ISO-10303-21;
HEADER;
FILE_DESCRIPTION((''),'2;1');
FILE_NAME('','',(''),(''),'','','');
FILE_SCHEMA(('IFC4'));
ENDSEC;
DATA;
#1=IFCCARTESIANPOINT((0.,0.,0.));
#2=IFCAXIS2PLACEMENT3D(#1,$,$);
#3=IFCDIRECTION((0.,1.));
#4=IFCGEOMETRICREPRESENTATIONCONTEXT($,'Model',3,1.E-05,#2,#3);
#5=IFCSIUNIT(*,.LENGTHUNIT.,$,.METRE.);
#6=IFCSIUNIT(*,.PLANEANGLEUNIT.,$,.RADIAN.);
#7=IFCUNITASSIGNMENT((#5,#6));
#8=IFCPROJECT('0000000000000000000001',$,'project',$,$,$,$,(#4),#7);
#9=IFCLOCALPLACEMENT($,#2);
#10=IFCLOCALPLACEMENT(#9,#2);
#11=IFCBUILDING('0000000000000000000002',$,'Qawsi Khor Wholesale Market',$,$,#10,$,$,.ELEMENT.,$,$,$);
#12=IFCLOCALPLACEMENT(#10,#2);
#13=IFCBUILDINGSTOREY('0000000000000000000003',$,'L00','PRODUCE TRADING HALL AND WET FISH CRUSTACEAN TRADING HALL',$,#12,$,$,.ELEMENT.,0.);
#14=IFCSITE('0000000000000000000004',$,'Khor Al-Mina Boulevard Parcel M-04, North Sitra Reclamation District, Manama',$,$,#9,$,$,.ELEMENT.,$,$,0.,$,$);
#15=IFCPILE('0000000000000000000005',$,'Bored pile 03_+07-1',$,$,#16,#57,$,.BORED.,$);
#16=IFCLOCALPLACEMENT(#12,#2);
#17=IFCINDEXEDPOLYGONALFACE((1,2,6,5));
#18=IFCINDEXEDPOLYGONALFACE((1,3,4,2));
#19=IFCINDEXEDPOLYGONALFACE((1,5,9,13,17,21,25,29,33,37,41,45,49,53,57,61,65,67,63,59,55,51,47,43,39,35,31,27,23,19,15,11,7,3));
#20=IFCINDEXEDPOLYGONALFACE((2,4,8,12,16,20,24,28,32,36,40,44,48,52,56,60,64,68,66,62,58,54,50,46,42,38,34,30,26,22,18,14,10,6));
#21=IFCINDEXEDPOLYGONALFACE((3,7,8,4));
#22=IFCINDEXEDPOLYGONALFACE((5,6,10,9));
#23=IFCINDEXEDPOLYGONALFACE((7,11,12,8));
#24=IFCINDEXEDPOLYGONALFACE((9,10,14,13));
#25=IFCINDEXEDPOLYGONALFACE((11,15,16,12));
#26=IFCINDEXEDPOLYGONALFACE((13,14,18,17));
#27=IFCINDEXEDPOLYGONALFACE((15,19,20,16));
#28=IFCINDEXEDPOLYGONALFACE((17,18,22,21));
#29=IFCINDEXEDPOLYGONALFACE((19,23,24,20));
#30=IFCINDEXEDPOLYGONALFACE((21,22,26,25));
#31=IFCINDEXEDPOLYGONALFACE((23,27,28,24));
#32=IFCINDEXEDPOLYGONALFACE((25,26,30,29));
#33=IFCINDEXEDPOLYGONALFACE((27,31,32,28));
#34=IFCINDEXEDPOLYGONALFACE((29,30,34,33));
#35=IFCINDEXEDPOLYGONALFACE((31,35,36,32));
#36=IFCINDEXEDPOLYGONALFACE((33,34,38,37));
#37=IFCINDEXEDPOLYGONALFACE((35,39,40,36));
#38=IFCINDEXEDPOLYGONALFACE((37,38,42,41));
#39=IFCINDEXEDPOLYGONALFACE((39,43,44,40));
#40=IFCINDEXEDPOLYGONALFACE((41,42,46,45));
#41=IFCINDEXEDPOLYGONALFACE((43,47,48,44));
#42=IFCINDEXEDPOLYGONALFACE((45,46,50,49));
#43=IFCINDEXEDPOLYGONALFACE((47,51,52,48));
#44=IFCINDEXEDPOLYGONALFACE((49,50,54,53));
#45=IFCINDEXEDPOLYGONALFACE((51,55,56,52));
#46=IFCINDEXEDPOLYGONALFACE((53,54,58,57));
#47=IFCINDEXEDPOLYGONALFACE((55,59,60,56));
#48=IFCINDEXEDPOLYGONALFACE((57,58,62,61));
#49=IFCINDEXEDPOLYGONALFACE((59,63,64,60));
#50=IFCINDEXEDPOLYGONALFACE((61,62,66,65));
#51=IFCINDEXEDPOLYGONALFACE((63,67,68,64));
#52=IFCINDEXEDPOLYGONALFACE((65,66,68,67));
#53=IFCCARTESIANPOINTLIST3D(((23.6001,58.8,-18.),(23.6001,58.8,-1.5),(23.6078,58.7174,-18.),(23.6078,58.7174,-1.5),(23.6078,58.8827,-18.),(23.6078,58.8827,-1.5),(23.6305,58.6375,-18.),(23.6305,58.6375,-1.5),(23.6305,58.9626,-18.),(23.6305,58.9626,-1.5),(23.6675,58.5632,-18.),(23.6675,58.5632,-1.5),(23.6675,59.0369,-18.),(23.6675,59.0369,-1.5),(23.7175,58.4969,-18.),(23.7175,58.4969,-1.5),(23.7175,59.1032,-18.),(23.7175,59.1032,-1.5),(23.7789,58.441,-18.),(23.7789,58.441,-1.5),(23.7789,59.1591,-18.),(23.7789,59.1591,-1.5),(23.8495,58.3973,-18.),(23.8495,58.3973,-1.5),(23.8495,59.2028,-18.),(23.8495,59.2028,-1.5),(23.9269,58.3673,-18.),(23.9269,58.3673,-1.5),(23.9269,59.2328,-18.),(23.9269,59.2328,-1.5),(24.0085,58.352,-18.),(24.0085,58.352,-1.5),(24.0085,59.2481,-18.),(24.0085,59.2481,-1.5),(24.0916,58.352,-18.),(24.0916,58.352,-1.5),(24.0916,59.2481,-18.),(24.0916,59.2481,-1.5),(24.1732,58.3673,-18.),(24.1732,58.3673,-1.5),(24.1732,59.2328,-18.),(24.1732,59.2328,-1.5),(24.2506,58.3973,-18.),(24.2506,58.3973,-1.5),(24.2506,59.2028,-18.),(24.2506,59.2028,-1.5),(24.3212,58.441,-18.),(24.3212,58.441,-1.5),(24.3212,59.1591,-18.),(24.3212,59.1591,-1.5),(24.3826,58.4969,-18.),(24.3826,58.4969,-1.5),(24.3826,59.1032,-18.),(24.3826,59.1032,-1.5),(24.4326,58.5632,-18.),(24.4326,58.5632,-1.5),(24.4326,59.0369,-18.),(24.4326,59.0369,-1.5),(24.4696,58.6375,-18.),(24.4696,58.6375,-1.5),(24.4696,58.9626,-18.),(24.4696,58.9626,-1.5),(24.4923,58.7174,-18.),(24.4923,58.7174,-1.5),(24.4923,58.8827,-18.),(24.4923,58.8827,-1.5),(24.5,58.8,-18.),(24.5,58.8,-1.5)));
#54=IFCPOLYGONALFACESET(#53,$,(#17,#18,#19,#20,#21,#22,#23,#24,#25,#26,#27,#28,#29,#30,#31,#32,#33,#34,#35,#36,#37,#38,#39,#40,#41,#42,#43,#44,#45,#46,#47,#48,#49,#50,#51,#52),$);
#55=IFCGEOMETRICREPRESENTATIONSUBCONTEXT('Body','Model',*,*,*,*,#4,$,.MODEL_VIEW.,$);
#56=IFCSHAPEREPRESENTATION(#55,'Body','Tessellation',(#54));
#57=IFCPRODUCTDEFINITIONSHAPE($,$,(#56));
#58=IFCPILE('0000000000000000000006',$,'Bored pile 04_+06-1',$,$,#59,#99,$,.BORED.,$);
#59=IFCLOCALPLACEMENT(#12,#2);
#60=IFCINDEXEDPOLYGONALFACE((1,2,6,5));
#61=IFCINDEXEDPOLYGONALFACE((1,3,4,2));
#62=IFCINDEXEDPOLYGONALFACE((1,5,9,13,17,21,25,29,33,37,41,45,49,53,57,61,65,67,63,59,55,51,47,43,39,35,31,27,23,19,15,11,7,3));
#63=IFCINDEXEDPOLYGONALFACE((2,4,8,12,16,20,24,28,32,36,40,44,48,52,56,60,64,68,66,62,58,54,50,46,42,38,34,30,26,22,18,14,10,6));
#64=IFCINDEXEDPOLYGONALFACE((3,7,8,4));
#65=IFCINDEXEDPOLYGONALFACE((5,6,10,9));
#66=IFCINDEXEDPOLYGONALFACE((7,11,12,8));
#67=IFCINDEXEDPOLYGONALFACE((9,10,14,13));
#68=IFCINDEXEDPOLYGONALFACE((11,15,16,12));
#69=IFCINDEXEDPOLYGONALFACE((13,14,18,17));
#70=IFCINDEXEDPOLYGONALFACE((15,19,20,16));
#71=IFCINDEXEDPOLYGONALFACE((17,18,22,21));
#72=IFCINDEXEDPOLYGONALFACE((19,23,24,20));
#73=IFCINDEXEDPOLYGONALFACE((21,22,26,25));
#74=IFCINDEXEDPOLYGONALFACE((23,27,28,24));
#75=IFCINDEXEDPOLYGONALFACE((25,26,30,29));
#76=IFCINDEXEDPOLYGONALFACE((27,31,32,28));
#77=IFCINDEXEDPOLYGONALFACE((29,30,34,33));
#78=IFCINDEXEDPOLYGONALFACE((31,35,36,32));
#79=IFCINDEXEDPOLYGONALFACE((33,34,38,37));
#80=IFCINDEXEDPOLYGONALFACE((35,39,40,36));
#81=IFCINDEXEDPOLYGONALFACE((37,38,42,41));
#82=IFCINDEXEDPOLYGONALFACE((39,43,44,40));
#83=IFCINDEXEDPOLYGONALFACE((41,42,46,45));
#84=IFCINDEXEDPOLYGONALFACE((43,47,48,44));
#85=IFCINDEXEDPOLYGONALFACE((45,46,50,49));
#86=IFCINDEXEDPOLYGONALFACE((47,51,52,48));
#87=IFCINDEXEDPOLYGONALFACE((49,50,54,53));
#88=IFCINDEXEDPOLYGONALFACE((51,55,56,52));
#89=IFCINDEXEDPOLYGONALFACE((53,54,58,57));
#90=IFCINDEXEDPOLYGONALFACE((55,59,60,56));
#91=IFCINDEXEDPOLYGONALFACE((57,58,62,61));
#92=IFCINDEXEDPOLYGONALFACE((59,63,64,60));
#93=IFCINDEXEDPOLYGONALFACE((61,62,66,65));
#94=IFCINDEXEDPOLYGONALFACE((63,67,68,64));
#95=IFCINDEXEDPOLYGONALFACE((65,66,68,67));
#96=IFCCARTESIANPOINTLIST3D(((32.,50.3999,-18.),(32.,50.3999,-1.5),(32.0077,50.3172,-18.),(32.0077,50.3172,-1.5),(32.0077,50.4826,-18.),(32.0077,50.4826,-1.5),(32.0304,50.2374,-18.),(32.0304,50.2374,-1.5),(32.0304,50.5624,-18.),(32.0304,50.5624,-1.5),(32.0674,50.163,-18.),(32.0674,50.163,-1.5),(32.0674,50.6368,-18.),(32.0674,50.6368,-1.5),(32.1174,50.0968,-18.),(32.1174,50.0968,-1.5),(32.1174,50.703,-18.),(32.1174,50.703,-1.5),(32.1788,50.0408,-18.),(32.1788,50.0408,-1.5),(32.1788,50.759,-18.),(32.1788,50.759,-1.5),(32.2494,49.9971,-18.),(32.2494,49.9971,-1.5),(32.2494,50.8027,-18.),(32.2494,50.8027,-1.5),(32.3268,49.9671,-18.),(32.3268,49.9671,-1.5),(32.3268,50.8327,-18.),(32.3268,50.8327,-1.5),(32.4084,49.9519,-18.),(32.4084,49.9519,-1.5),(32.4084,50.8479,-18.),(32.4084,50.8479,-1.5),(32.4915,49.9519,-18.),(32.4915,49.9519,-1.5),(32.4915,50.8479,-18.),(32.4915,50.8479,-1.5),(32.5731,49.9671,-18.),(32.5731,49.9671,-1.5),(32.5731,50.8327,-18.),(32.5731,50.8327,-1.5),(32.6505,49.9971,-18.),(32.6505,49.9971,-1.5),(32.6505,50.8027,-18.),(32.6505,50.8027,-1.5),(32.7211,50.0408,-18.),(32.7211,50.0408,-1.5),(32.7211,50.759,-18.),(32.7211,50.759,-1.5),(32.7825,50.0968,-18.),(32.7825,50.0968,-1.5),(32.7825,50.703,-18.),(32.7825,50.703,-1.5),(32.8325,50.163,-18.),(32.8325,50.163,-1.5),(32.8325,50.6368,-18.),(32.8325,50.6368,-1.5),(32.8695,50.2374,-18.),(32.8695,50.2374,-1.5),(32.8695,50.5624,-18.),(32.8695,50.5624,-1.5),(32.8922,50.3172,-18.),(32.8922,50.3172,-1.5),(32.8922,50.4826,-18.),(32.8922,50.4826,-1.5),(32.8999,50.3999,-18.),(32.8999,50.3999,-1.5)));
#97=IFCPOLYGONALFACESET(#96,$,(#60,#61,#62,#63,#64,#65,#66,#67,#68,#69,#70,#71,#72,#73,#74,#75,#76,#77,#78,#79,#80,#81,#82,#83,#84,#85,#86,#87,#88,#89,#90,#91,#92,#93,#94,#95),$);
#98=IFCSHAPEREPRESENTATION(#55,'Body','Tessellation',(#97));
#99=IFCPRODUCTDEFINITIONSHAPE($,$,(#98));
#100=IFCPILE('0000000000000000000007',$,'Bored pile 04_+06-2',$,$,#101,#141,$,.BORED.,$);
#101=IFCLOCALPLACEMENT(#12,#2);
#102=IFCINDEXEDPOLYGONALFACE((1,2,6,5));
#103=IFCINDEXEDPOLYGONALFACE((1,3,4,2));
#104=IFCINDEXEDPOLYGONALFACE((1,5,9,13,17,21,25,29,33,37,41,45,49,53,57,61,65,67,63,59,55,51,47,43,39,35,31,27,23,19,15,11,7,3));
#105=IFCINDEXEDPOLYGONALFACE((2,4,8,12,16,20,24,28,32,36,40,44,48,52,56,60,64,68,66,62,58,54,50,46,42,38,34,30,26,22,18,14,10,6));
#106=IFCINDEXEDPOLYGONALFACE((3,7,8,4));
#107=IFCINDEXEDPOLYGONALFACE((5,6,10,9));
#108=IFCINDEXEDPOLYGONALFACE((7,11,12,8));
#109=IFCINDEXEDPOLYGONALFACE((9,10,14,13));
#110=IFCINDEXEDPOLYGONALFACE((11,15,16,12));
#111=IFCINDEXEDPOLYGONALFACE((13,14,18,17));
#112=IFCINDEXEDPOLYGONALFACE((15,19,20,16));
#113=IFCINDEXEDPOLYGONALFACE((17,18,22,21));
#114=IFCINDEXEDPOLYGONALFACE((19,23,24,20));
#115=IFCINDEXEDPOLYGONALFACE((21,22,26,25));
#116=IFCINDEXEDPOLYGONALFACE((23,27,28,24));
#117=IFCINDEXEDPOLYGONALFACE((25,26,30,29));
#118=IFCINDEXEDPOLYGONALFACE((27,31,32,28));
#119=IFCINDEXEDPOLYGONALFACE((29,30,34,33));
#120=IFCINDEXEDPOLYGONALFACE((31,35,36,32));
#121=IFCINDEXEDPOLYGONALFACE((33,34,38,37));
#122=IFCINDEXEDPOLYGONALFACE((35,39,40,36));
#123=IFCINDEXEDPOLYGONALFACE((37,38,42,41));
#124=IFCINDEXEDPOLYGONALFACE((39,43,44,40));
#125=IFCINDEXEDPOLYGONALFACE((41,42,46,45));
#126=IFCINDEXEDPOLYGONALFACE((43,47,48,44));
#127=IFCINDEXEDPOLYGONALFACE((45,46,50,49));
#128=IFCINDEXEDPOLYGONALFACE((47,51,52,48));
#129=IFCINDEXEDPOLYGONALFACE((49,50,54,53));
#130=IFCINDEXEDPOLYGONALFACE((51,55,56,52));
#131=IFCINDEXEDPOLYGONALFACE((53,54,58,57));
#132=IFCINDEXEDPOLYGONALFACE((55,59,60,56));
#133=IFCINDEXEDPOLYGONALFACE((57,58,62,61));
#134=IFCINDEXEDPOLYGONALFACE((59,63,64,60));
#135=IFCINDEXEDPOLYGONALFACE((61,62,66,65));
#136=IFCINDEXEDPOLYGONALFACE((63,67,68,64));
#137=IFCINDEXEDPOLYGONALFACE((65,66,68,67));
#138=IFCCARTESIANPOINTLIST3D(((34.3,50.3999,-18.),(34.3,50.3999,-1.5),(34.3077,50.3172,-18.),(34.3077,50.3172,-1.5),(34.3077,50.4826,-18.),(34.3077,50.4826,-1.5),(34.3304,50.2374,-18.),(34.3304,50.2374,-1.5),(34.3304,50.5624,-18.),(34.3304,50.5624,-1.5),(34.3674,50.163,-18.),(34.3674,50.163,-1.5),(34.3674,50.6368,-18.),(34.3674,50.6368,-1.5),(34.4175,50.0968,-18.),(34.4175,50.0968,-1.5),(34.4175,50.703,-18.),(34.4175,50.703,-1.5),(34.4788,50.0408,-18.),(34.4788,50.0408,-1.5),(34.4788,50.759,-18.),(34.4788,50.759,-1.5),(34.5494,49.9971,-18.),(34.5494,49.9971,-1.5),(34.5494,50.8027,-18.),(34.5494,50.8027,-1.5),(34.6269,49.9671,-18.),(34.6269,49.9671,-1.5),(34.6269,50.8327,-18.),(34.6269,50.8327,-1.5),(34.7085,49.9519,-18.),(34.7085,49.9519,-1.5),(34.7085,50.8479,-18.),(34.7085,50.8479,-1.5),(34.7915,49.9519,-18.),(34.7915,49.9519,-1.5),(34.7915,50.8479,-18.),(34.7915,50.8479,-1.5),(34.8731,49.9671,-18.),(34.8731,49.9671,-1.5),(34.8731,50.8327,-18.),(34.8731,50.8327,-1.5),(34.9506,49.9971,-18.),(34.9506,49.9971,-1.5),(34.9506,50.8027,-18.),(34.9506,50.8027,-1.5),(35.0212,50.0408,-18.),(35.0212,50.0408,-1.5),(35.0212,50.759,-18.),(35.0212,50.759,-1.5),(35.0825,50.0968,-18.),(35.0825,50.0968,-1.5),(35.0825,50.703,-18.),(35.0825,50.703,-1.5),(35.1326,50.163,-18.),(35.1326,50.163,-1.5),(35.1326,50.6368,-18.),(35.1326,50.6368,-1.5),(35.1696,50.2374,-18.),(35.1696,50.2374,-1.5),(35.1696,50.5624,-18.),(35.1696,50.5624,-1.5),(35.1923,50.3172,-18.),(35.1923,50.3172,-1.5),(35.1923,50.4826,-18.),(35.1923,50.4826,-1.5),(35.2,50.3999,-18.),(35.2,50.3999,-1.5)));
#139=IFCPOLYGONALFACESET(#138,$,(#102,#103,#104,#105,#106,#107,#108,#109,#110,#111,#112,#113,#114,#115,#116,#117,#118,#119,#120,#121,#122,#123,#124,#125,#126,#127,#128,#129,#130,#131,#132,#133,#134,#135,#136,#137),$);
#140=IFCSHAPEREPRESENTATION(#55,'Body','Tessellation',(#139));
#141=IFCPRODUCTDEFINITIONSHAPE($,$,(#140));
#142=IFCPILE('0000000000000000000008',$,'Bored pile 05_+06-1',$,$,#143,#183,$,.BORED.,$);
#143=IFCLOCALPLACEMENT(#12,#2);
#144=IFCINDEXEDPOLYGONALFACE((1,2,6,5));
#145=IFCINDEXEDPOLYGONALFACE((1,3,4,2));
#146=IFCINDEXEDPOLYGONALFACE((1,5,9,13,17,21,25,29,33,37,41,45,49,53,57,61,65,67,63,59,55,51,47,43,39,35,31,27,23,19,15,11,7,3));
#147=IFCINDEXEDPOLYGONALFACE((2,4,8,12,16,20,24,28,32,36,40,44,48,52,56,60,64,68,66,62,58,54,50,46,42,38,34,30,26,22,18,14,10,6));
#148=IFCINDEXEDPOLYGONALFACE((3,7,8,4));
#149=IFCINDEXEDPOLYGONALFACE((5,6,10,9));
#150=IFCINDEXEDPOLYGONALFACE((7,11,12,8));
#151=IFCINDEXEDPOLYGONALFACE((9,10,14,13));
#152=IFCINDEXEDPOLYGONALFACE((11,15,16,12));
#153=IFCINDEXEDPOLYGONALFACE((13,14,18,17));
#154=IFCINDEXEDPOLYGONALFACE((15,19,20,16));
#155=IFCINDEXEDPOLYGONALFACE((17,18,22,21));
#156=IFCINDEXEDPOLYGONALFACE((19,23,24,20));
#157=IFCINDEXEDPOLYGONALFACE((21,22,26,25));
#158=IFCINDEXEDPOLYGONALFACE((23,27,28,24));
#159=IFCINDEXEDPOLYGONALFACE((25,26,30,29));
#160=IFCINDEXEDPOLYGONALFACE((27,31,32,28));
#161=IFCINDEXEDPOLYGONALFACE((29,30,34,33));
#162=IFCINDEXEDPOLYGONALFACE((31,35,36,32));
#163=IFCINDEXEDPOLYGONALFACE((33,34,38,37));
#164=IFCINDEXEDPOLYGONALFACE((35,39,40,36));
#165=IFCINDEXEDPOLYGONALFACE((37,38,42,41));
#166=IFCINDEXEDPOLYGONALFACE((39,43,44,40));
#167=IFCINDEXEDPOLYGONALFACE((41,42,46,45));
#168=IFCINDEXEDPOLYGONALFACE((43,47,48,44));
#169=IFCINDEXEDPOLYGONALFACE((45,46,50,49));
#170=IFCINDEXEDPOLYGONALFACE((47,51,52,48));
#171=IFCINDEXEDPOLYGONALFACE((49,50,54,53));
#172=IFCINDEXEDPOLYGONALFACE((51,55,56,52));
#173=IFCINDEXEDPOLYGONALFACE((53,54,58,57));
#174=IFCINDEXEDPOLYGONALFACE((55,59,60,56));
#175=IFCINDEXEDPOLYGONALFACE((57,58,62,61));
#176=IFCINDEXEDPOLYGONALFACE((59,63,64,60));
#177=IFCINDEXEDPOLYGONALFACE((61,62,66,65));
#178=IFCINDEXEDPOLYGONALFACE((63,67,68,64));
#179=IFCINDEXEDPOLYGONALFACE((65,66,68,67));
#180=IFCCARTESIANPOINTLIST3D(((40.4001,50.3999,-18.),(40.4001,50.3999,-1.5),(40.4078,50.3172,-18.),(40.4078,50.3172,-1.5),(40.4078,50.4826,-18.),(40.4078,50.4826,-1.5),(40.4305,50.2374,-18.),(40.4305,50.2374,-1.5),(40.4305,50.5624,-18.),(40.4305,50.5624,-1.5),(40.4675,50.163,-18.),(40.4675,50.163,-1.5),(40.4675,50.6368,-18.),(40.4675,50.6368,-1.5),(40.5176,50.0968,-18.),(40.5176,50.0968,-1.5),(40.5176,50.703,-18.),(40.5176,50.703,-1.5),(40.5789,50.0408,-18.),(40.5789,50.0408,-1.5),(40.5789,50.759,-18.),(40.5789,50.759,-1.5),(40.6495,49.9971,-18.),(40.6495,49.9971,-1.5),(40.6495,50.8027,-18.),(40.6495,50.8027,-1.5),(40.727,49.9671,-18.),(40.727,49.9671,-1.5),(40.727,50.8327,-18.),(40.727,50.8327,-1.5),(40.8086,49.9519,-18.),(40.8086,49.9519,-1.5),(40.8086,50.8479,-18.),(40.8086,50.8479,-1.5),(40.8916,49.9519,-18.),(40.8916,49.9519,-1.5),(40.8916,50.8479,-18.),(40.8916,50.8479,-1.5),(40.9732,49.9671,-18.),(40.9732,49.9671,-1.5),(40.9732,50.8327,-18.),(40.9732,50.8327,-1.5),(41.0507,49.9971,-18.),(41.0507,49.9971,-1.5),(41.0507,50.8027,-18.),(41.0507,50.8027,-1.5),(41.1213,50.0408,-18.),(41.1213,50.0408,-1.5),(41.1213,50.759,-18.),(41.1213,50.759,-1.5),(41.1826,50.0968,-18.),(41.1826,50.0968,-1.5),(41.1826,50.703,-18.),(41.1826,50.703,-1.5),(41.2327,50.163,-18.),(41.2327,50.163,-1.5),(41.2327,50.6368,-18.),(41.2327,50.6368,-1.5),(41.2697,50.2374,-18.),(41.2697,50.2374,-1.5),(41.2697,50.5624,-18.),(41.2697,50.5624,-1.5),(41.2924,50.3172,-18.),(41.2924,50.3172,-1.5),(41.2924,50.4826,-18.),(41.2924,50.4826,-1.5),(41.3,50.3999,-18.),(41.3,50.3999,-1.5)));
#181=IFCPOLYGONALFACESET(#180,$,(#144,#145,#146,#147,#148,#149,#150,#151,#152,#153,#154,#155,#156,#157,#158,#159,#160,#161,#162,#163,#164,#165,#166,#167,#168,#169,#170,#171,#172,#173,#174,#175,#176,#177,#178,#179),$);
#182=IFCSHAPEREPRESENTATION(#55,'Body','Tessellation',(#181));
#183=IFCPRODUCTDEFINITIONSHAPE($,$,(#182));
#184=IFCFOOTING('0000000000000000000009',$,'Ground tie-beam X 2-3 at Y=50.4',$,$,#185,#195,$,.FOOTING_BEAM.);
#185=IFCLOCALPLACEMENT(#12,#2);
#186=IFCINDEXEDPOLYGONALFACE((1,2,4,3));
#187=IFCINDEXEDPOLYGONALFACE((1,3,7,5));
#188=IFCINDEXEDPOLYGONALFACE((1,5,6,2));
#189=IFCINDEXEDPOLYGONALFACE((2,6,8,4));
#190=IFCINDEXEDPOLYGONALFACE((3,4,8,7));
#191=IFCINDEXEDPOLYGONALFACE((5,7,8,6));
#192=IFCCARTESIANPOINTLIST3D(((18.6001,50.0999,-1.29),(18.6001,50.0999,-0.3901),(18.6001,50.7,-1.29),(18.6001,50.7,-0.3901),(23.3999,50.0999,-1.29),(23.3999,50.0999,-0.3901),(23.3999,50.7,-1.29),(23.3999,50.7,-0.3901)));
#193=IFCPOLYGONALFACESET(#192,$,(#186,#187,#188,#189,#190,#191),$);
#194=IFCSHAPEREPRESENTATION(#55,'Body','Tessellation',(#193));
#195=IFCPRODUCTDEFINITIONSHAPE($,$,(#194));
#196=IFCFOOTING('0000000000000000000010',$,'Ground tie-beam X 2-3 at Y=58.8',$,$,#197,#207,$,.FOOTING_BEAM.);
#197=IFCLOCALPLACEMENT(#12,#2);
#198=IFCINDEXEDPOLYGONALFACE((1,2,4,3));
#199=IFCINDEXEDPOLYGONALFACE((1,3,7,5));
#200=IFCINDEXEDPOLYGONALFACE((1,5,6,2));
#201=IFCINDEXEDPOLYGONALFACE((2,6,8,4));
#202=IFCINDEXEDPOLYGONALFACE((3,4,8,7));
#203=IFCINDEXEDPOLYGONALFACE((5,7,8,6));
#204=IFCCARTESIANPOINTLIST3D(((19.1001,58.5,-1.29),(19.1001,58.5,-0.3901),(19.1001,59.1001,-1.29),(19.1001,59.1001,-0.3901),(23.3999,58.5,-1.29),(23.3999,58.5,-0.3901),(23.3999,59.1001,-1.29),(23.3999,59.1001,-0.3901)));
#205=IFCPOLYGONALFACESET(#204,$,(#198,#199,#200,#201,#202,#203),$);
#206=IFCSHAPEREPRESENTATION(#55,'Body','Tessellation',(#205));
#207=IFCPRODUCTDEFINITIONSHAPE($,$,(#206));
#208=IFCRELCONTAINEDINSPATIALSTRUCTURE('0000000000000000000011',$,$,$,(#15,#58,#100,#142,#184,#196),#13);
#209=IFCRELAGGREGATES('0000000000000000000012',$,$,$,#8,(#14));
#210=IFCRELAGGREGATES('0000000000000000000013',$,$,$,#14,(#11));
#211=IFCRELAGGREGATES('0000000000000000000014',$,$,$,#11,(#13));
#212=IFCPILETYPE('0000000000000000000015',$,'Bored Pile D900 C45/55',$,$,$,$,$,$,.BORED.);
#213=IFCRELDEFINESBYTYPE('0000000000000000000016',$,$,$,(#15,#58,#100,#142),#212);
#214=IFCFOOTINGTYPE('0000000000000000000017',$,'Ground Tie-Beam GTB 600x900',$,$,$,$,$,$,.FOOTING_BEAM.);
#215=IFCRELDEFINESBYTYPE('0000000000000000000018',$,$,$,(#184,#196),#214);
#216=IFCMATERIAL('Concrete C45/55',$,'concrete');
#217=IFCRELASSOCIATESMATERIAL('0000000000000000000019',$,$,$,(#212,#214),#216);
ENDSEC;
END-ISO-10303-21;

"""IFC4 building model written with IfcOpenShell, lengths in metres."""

from ifc_helpers import new_model, si_unit, direction, frame, origin, origin_2d, place, context, subcontext, project, spatial, rectangle, circle, extrude, material, material_profile, profile_set, type_object, element, save


model = new_model("IFC4")

# Units and contexts
model_context = context("Model", 3, precision=1e-05, world=origin(), true_north=direction((0.0, 1.0)))
body_context = subcontext(model_context, "Body", "Model", "MODEL_VIEW")
ifc_project = project(units=[si_unit("LENGTHUNIT", "METRE"), si_unit("PLANEANGLEUNIT", "RADIAN")], contexts=[model_context])

# Site, building, storey
site_placement = place(None, origin())
site = spatial("IfcSite", under=ifc_project, at=site_placement, Name="Khor Al-Mina Boulevard Parcel M-04, North Sitra Reclamation District, Manama", CompositionType="ELEMENT", RefElevation=0.0)
building_placement = place(site_placement, origin())
building = spatial("IfcBuilding", under=site, at=building_placement, Name="Qawsi Khor Wholesale Market", CompositionType="ELEMENT")
storey_placement = place(building_placement, origin())
storey = spatial("IfcBuildingStorey", under=building, at=storey_placement, Name="L00", Description="PRODUCE TRADING HALL AND WET FISH CRUSTACEAN TRADING HALL", CompositionType="ELEMENT", Elevation=0.0)

# Piles
ifc_material_1 = material(Name="Concrete C45/55", Category="concrete")
ifc_material_profile_1 = material_profile(ifc_material_1, circle(Radius=0.45, at=origin_2d()), Name="PILE D900")
ifc_profile_set_1 = profile_set([ifc_material_profile_1], Name="Concrete C45/55")
pile_type_1 = type_object("IfcPileType", Name="Bored Pile D900 C45/55", PredefinedType="BORED", material=ifc_profile_set_1)
for number, where, z_axis, x_axis, name in (
    (1, (24.05, 58.8, -1.5), (0.0, 0.0, -1.0), (1.0, 0.0, 0.0), "Bored pile 03_+07-1"),
    (2, (32.45, 50.3999, -1.5), (0.0, 0.0, -1.0), (1.0, 0.0, 0.0), "Bored pile 04_+06-1"),
    (3, (34.75, 50.3999, -1.5), (0.0, 0.0, -1.0), (1.0, 0.0, 0.0), "Bored pile 04_+06-2"),
    (4, (40.8501, 50.3999, -1.5), (0.0, 0.0, -1.0), (1.0, 0.0, 0.0), "Bored pile 05_+06-1"),
):
    element("IfcPile", number, at=place(storey_placement, frame(where, z_axis=z_axis, x_axis=x_axis)), inside=storey, type_object=pile_type_1, Name=name, PredefinedType="BORED", context=body_context, shape_type="SweptSolid", body=[
        extrude(circle(Radius=0.45, at=origin_2d()), origin(), (0.0, 0.0, 1.0), 16.5),
    ])

# Footings
ifc_material_profile_2 = material_profile(ifc_material_1, rectangle(XDim=0.6001, YDim=0.8999, at=origin_2d()), Name="RC 600x900")
ifc_profile_set_2 = profile_set([ifc_material_profile_2], Name="Concrete C45/55")
footing_type_1 = type_object("IfcFootingType", Name="Ground Tie-Beam GTB 600x900", PredefinedType="FOOTING_BEAM", material=ifc_profile_set_2)
footing_1_placement = place(storey_placement, frame((18.6001, 50.3999, -0.8401), z_axis=(1.0, 0.0, 0.0), x_axis=(0.0, 1.0, 0.0)))
element("IfcFooting", 5, at=footing_1_placement, inside=storey, type_object=footing_type_1, Name="Ground tie-beam X 2-3 at Y=50.4", PredefinedType="FOOTING_BEAM", context=body_context, shape_type="SweptSolid", body=[
    extrude(rectangle(XDim=0.6001, YDim=0.8999, at=origin_2d()), origin(), (0.0, 0.0, 1.0), 4.7998),
])
footing_2_placement = place(storey_placement, frame((19.1001, 58.8, -0.8401), z_axis=(1.0, 0.0, 0.0), x_axis=(0.0, 1.0, 0.0)))
element("IfcFooting", 6, at=footing_2_placement, inside=storey, type_object=footing_type_1, Name="Ground tie-beam X 2-3 at Y=58.8", PredefinedType="FOOTING_BEAM", context=body_context, shape_type="SweptSolid", body=[
    extrude(rectangle(XDim=0.6001, YDim=0.8999, at=origin_2d()), origin(), (0.0, 0.0, 1.0), 4.2998),
])

save(model, "model.ifc")
